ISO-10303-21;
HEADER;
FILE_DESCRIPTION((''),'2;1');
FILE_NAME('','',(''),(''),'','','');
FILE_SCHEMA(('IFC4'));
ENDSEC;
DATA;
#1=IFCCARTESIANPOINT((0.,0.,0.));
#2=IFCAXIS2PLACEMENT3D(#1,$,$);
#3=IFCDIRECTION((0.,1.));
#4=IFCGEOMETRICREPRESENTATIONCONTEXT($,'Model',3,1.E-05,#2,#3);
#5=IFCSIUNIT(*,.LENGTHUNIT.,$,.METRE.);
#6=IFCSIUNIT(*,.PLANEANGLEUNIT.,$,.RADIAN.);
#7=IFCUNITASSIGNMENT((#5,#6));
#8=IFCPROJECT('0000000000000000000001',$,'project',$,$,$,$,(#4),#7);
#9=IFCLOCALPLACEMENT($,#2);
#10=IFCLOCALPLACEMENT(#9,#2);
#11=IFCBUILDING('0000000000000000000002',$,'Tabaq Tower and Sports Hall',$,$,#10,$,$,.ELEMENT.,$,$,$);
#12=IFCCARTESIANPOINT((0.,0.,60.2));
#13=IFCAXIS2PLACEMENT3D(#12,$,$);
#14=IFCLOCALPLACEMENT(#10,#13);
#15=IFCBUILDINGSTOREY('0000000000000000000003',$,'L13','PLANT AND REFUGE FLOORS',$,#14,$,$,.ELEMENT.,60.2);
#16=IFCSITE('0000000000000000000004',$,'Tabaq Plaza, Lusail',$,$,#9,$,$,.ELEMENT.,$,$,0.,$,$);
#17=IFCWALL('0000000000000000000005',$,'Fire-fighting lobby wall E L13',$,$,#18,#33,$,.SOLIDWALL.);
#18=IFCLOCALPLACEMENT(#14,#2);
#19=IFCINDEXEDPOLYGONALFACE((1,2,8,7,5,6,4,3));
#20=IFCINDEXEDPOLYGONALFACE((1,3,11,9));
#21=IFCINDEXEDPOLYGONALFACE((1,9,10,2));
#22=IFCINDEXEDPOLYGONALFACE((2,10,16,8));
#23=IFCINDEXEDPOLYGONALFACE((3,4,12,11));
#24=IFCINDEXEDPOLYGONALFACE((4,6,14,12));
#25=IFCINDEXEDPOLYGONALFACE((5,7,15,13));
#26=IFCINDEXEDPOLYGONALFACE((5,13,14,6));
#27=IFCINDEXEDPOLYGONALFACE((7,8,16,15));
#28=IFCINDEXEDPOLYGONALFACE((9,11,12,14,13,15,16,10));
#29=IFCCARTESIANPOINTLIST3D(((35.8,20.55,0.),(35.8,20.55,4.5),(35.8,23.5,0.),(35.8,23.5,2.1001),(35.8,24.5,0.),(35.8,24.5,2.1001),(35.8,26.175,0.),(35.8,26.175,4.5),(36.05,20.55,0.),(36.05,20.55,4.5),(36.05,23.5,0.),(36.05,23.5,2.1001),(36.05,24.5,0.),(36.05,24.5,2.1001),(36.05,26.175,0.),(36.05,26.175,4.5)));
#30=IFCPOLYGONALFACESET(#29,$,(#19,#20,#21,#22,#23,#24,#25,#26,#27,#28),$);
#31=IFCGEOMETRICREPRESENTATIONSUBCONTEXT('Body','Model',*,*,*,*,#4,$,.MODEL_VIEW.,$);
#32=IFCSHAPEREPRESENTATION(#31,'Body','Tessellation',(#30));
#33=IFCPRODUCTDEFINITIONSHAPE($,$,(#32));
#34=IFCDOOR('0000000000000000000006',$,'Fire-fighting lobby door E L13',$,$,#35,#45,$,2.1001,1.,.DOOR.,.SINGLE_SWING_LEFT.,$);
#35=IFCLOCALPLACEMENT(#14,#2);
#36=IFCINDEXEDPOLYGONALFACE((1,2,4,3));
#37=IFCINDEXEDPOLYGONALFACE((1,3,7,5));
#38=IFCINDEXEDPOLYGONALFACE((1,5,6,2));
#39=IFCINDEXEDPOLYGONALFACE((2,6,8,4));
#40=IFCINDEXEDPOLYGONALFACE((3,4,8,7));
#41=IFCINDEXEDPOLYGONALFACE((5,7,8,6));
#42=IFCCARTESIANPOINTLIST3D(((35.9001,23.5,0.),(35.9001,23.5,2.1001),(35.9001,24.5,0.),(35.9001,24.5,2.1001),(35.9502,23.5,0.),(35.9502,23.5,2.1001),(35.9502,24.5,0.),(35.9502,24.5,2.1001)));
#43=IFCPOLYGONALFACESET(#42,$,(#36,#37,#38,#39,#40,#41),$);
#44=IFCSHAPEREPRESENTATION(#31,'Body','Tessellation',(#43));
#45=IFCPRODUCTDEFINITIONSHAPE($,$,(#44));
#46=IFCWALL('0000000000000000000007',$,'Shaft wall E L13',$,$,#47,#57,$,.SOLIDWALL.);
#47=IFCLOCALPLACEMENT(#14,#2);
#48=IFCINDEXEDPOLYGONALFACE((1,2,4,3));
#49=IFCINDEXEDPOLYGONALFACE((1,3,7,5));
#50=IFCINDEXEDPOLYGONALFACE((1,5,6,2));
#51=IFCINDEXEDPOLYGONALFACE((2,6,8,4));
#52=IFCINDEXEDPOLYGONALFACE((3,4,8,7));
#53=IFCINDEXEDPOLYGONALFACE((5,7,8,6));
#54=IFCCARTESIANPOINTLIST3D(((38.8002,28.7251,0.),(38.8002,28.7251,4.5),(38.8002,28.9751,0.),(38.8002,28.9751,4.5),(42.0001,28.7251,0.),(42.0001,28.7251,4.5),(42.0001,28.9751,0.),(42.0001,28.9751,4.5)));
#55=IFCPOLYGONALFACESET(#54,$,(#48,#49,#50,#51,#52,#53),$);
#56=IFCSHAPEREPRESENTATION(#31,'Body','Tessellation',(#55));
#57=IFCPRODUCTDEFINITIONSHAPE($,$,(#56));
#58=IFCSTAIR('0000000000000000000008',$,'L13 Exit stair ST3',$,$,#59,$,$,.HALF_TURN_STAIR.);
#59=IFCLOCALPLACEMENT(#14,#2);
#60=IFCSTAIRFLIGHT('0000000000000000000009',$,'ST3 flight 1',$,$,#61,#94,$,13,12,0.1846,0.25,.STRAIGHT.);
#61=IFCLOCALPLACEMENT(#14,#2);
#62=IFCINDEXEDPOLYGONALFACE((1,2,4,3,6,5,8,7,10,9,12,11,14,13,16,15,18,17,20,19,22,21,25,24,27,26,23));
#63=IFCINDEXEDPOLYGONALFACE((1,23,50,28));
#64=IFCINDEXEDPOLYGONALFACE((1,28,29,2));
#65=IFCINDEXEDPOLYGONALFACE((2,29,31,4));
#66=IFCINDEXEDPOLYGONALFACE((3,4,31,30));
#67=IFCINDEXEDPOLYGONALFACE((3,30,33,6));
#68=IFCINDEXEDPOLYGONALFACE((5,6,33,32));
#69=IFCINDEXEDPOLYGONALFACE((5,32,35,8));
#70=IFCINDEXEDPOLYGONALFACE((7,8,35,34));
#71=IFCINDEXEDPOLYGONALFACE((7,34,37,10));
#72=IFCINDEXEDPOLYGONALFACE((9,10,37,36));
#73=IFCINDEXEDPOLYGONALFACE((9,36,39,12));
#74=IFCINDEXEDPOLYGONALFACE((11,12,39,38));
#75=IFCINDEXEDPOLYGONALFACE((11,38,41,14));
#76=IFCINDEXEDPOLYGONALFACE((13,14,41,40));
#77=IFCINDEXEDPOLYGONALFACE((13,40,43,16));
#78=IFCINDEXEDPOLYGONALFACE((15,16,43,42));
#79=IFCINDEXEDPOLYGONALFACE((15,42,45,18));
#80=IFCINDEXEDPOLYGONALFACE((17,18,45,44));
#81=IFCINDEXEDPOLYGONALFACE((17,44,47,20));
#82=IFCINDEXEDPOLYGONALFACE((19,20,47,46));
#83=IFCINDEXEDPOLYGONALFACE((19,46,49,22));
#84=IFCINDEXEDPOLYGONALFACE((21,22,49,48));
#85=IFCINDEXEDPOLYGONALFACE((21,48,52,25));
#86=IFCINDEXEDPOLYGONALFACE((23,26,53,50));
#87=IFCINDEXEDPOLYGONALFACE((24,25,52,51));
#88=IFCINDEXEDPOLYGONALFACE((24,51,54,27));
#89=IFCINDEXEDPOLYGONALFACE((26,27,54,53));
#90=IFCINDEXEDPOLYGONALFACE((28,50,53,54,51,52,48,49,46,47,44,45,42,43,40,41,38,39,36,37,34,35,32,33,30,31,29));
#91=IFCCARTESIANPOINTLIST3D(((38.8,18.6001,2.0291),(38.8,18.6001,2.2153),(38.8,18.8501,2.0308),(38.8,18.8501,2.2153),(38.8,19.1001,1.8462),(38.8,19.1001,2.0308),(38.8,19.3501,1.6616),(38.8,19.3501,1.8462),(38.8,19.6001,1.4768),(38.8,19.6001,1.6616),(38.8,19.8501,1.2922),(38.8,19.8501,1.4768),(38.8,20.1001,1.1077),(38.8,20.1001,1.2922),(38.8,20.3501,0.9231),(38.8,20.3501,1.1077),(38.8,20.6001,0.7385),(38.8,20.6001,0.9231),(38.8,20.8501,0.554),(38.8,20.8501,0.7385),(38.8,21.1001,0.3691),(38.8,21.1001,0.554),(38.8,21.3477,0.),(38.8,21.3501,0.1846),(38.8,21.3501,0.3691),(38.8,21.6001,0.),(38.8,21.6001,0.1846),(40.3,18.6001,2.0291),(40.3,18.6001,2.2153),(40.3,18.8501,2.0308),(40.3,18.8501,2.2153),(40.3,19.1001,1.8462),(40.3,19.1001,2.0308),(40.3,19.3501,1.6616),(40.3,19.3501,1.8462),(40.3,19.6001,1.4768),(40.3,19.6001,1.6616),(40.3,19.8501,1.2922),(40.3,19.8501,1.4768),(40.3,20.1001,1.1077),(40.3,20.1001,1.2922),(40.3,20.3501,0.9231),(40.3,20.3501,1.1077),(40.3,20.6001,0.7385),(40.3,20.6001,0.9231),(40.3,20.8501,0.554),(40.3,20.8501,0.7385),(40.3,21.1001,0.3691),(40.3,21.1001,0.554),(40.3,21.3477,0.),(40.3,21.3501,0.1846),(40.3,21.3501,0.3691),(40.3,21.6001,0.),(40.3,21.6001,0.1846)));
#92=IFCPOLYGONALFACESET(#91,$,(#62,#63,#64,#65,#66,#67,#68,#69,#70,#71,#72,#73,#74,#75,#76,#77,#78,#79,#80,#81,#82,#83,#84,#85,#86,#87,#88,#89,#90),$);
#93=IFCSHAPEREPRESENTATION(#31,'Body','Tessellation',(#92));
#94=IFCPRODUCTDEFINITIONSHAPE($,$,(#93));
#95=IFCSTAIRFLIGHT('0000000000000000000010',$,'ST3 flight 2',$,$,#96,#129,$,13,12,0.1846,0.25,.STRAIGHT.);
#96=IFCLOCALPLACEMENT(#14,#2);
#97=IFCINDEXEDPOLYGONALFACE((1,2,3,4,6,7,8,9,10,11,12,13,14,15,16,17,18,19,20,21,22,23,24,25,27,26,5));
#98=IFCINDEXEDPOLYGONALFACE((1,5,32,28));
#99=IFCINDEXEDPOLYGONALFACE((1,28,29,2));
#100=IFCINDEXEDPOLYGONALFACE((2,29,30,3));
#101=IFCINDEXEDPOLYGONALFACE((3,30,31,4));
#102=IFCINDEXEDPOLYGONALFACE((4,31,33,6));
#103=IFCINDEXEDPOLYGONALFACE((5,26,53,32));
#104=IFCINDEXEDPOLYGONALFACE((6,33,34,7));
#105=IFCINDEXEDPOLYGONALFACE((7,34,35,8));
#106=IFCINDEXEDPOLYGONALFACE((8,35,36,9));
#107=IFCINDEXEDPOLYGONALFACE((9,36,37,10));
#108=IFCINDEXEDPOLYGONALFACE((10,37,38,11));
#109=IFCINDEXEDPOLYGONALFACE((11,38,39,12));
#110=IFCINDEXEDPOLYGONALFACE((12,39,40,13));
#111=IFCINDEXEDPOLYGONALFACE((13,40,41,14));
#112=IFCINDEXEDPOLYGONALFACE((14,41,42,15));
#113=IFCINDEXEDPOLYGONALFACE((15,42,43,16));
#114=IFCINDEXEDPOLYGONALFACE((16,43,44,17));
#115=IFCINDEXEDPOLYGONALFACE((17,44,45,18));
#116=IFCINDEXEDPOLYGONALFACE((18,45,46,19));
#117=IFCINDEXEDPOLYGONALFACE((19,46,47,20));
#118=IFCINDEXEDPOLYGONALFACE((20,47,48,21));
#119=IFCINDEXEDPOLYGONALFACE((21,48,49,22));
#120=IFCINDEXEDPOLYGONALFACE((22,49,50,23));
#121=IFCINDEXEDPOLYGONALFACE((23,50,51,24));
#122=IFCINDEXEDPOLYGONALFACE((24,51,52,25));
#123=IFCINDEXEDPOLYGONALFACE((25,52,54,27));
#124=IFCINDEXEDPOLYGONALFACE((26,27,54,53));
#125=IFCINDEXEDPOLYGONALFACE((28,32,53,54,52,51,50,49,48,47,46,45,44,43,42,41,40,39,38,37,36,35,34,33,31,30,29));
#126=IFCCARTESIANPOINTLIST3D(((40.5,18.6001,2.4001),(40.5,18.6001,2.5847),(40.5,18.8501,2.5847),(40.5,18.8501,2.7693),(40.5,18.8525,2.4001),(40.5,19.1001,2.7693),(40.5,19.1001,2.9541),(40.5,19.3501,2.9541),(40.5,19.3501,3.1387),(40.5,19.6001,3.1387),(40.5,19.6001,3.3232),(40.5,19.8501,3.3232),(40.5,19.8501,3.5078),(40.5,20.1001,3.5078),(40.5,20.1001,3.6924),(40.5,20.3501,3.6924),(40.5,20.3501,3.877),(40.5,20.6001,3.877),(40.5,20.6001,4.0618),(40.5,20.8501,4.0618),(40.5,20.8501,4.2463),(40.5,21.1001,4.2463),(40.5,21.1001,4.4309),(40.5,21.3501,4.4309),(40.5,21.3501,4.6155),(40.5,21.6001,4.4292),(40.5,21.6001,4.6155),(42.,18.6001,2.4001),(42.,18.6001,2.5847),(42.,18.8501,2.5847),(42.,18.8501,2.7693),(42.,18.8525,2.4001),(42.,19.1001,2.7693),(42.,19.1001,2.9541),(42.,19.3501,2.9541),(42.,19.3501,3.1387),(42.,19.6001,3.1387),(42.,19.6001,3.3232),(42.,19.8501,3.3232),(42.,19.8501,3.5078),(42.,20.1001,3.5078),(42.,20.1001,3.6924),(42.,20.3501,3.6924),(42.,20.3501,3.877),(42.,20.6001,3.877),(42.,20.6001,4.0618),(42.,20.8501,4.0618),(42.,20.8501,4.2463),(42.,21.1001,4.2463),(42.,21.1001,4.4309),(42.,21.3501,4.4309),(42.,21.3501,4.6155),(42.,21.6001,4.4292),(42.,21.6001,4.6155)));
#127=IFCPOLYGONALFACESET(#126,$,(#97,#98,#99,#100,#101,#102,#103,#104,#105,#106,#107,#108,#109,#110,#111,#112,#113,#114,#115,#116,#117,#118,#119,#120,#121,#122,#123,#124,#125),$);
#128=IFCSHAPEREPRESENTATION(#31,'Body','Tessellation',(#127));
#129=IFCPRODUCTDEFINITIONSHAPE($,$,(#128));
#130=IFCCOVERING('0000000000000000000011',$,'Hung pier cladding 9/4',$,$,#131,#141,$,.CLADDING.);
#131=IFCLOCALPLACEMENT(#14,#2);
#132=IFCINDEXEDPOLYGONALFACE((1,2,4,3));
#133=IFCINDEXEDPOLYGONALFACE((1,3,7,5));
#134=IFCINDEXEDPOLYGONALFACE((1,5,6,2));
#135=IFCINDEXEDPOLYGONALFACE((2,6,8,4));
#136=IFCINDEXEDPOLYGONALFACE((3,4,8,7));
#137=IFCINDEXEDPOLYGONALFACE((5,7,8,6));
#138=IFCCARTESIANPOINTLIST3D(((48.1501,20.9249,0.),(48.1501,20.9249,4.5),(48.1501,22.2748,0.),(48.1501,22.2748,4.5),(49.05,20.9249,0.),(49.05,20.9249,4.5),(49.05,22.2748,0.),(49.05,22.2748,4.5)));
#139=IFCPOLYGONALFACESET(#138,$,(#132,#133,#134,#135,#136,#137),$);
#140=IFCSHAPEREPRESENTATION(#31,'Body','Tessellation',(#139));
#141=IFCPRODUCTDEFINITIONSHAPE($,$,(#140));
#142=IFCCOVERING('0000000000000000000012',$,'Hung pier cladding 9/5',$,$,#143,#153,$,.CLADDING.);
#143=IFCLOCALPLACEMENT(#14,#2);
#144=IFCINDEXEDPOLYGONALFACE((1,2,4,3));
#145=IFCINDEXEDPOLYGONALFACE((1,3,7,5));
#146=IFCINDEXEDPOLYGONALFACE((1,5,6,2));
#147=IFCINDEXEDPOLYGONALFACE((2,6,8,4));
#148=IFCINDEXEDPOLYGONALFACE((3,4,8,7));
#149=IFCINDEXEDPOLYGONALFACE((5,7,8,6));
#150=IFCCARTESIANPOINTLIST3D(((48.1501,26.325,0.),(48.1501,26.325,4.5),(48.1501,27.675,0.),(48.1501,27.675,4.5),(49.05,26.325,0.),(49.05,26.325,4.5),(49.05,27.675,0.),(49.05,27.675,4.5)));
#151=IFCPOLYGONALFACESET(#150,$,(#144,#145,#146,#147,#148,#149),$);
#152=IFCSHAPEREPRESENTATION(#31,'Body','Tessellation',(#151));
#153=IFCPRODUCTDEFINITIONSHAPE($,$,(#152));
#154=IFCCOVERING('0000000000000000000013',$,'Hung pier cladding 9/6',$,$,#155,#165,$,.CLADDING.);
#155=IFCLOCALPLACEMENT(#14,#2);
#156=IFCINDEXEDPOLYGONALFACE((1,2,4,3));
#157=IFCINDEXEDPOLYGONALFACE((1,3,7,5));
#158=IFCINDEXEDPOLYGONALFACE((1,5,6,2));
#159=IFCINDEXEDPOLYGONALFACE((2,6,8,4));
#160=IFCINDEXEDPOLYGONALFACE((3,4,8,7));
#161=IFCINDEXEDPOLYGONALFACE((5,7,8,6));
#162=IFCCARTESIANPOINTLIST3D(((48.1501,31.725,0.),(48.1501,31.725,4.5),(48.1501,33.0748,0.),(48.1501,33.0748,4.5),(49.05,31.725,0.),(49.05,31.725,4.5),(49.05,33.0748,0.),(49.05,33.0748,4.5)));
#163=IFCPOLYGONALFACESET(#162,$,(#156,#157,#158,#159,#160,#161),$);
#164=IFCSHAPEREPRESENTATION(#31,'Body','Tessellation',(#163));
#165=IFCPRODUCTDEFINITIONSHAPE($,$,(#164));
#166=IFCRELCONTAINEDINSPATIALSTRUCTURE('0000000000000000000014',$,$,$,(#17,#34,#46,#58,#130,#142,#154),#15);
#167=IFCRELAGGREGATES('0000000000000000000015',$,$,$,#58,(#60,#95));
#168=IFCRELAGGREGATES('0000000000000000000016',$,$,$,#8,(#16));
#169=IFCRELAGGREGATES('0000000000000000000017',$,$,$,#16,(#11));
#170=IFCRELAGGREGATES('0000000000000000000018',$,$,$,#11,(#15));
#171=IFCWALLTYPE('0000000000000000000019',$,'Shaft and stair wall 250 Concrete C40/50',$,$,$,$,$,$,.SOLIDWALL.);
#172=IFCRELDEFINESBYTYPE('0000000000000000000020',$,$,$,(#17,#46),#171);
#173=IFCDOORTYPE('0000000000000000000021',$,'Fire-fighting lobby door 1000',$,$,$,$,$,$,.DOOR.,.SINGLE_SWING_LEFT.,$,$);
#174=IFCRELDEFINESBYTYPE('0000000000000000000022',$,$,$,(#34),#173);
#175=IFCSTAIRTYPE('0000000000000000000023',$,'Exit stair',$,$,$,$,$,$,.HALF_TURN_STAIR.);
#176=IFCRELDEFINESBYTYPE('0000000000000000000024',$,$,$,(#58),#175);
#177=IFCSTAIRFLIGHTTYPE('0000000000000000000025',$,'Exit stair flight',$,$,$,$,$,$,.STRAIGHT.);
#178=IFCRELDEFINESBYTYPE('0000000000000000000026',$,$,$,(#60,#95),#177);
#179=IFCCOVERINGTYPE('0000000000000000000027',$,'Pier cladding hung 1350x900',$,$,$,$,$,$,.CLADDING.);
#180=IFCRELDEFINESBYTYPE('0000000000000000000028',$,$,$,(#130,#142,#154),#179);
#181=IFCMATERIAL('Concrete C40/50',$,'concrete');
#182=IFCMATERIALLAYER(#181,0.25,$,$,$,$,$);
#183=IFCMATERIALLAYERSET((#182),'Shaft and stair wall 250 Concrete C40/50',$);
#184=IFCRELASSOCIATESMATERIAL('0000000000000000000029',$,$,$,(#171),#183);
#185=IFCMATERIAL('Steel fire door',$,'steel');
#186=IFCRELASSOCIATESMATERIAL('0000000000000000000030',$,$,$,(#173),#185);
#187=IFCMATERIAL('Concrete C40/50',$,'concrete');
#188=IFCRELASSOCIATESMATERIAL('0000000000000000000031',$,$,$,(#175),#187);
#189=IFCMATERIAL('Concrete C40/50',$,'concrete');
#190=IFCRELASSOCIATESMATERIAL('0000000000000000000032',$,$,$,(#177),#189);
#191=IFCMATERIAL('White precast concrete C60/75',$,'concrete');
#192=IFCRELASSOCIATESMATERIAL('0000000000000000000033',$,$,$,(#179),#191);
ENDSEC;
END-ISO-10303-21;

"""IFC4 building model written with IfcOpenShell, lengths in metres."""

from ifc_helpers import new_model, si_unit, direction, frame, frame_2d, origin, place, context, subcontext, project, spatial, polyline, rectangle, outline, extrude, material, layer, layer_set, type_object, element, fill, aggregate, save


model = new_model("IFC4")

# Units and contexts
model_context = context("Model", 3, precision=1e-05, world=origin(), true_north=direction((0.0, 1.0)))
body_context = subcontext(model_context, "Body", "Model", "MODEL_VIEW")
ifc_project = project(units=[si_unit("LENGTHUNIT", "METRE"), si_unit("PLANEANGLEUNIT", "RADIAN")], contexts=[model_context])

# Site, building, storey
site_placement = place(None, origin())
site = spatial("IfcSite", under=ifc_project, at=site_placement, Name="Tabaq Plaza, Lusail", CompositionType="ELEMENT", RefElevation=0.0)
building_placement = place(site_placement, origin())
building = spatial("IfcBuilding", under=site, at=building_placement, Name="Tabaq Tower and Sports Hall", CompositionType="ELEMENT")
storey_placement = place(building_placement, frame((0.0, 0.0, 60.2)))
storey = spatial("IfcBuildingStorey", under=building, at=storey_placement, Name="L13", Description="PLANT AND REFUGE FLOORS", CompositionType="ELEMENT", Elevation=60.2)

# Shared definitions
ifc_material_1 = material(Name="Concrete C40/50", Category="concrete")
ifc_layer_1 = layer(ifc_material_1, 0.25)
ifc_layer_set_1 = layer_set([ifc_layer_1], Name="Shaft and stair wall 250 Concrete C40/50")
wall_type_1 = type_object("IfcWallType", Name="Shaft and stair wall 250 Concrete C40/50", PredefinedType="SOLIDWALL", material=ifc_layer_set_1)

# Wall, opening, door
ifc_material_2 = material(Name="Steel fire door", Category="steel")
door_type_1 = type_object("IfcDoorType", Name="Fire-fighting lobby door 1000", OperationType="SINGLE_SWING_LEFT", PredefinedType="DOOR", material=ifc_material_2)
wall_1_placement = place(storey_placement, frame((35.925, 20.55, 0.0), z_axis=(0.0, 0.0, 1.0), x_axis=(0.0, 1.0, 0.0)))
wall_1 = element("IfcWall", 1, at=wall_1_placement, inside=storey, type_object=wall_type_1, Name="Fire-fighting lobby wall E L13", PredefinedType="SOLIDWALL", context=body_context, shape_type="SweptSolid", body=[
    extrude(rectangle(XDim=5.625, YDim=0.25, at=frame_2d((2.8125, 0.0))), origin(), (0.0, 0.0, 1.0), 4.5),
])
opening_1_placement = place(wall_1_placement, frame((2.95, 0.0, 0.0)))
opening_1 = element("IfcOpeningElement", 2, at=opening_1_placement, cuts=wall_1, PredefinedType="OPENING", context=body_context, shape_type="SweptSolid", body=[
    extrude(rectangle(XDim=1.0, YDim=2.1001, at=frame_2d((0.5, 1.05))), frame((0.0, 0.125, 0.0), z_axis=(0.0, -1.0, 0.0), x_axis=(1.0, 0.0, 0.0)), (0.0, 0.0, 1.0), 0.25),
])
door_1_placement = place(opening_1_placement, origin())
door_1 = element("IfcDoor", 3, at=door_1_placement, inside=storey, type_object=door_type_1, Name="Fire-fighting lobby door E L13", OperationType="SINGLE_SWING_LEFT", OverallHeight=2.1001, OverallWidth=1.0, PredefinedType="DOOR", context=body_context, shape_type="SweptSolid", body=[
    extrude(rectangle(XDim=1.0, YDim=2.1001, at=frame_2d((0.5, 1.05))), frame((0.0, 0.0249, 0.0), z_axis=(0.0, -1.0, 0.0), x_axis=(1.0, 0.0, 0.0)), (0.0, 0.0, 1.0), 0.05),
])
fill(opening_1, door_1)

# Wall
wall_2_placement = place(storey_placement, frame((38.8, 28.8501, 0.0), z_axis=(0.0, 0.0, 1.0), x_axis=(1.0, 0.0, 0.0)))
element("IfcWall", 4, at=wall_2_placement, inside=storey, type_object=wall_type_1, Name="Shaft wall E L13", PredefinedType="SOLIDWALL", context=body_context, shape_type="SweptSolid", body=[
    extrude(rectangle(XDim=3.2, YDim=0.25, at=frame_2d((1.6001, 0.0))), origin(), (0.0, 0.0, 1.0), 4.5),
])

# Stair, stair flights
ifc_material_3 = material(Name="Concrete C40/50", Category="concrete")
stair_type = type_object("IfcStairType", Name="Exit stair", PredefinedType="HALF_TURN_STAIR", material=ifc_material_3)
stair_placement = place(storey_placement, origin())
stair = element("IfcStair", 5, at=stair_placement, inside=storey, type_object=stair_type, Name="L13 Exit stair ST3", PredefinedType="HALF_TURN_STAIR")
ifc_material_4 = material(Name="Concrete C40/50", Category="concrete")
stair_flight_type = type_object("IfcStairFlightType", Name="Exit stair flight", PredefinedType="STRAIGHT", material=ifc_material_4)
stair_flight_1_placement = place(storey_placement, frame((39.55, 21.6001, 0.0), z_axis=(0.0, 0.0, 1.0), x_axis=(0.0, -1.0, 0.0)))
stair_flight_1 = element("IfcStairFlight", 6, at=stair_flight_1_placement, type_object=stair_flight_type, Name="ST3 flight 1", NumberOfRisers=13, NumberOfTreads=12, PredefinedType="STRAIGHT", RiserHeight=0.1846, TreadLength=0.25, context=body_context, shape_type="SweptSolid", body=[
    extrude(outline(polyline([(0.0, 0.0), (0.0, 0.1846), (0.25, 0.1846), (0.25, 0.3691), (0.5, 0.3691), (0.5, 0.554), (0.75, 0.554), (0.75, 0.7385), (1.0, 0.7385), (1.0, 0.9231), (1.25, 0.9231), (1.25, 1.1077), (1.5, 1.1077), (1.5, 1.2922), (1.75, 1.2922), (1.75, 1.4768), (2.0, 1.4768), (2.0, 1.6616), (2.25, 1.6616), (2.25, 1.8462), (2.5, 1.8462), (2.5, 2.0308), (2.75, 2.0308), (2.75, 2.2153), (3.0, 2.2153), (3.0, 2.3999), (3.0, 2.0291), (0.2524, 0.0), (0.0, 0.0)])), frame((0.0, 0.75, 0.0), z_axis=(0.0, -1.0, 0.0), x_axis=(1.0, 0.0, 0.0)), (0.0, 0.0, 1.0), 1.5),
])
stair_flight_2_placement = place(storey_placement, frame((41.25, 18.6001, 2.4001), z_axis=(0.0, 0.0, 1.0), x_axis=(0.0, 1.0, 0.0)))
stair_flight_2 = element("IfcStairFlight", 7, at=stair_flight_2_placement, type_object=stair_flight_type, Name="ST3 flight 2", NumberOfRisers=13, NumberOfTreads=12, PredefinedType="STRAIGHT", RiserHeight=0.1846, TreadLength=0.25, context=body_context, shape_type="SweptSolid", body=[
    extrude(outline(polyline([(0.0, 0.0), (0.0, 0.1846), (0.25, 0.1846), (0.25, 0.3691), (0.5, 0.3691), (0.5, 0.554), (0.75, 0.554), (0.75, 0.7385), (1.0, 0.7385), (1.0, 0.9231), (1.25, 0.9231), (1.25, 1.1077), (1.5, 1.1077), (1.5, 1.2922), (1.75, 1.2922), (1.75, 1.4768), (2.0, 1.4768), (2.0, 1.6616), (2.25, 1.6616), (2.25, 1.8462), (2.5, 1.8462), (2.5, 2.0308), (2.75, 2.0308), (2.75, 2.2153), (3.0, 2.2153), (3.0, 2.3999), (3.0, 2.0291), (0.2524, 0.0), (0.0, 0.0)])), frame((0.0, 0.75, 0.0), z_axis=(0.0, -1.0, 0.0), x_axis=(1.0, 0.0, 0.0)), (0.0, 0.0, 1.0), 1.5),
])
aggregate(stair, [stair_flight_1, stair_flight_2])

# Coverings
ifc_material_5 = material(Name="White precast concrete C60/75", Category="concrete")
covering_type = type_object("IfcCoveringType", Name="Pier cladding hung 1350x900", PredefinedType="CLADDING", material=ifc_material_5)
covering_1_placement = place(storey_placement, frame((48.6001, 20.925, 0.0), z_axis=(0.0, 0.0, 1.0), x_axis=(0.0, 1.0, 0.0)))
element("IfcCovering", 8, at=covering_1_placement, inside=storey, type_object=covering_type, Name="Hung pier cladding 9/4", PredefinedType="CLADDING", context=body_context, shape_type="SweptSolid", body=[
    extrude(rectangle(XDim=1.3499, YDim=0.8999, at=frame_2d((0.6748, 0.0))), origin(), (0.0, 0.0, 1.0), 4.5),
])
covering_2_placement = place(storey_placement, frame((48.6001, 26.325, 0.0), z_axis=(0.0, 0.0, 1.0), x_axis=(0.0, 1.0, 0.0)))
element("IfcCovering", 9, at=covering_2_placement, inside=storey, type_object=covering_type, Name="Hung pier cladding 9/5", PredefinedType="CLADDING", context=body_context, shape_type="SweptSolid", body=[
    extrude(rectangle(XDim=1.3501, YDim=0.8999, at=frame_2d((0.675, 0.0))), origin(), (0.0, 0.0, 1.0), 4.5),
])
covering_3_placement = place(storey_placement, frame((48.6001, 31.7251, 0.0), z_axis=(0.0, 0.0, 1.0), x_axis=(0.0, 1.0, 0.0)))
element("IfcCovering", 10, at=covering_3_placement, inside=storey, type_object=covering_type, Name="Hung pier cladding 9/6", PredefinedType="CLADDING", context=body_context, shape_type="SweptSolid", body=[
    extrude(rectangle(XDim=1.3499, YDim=0.8999, at=frame_2d((0.6748, 0.0))), origin(), (0.0, 0.0, 1.0), 4.5),
])

save(model, "model.ifc")
